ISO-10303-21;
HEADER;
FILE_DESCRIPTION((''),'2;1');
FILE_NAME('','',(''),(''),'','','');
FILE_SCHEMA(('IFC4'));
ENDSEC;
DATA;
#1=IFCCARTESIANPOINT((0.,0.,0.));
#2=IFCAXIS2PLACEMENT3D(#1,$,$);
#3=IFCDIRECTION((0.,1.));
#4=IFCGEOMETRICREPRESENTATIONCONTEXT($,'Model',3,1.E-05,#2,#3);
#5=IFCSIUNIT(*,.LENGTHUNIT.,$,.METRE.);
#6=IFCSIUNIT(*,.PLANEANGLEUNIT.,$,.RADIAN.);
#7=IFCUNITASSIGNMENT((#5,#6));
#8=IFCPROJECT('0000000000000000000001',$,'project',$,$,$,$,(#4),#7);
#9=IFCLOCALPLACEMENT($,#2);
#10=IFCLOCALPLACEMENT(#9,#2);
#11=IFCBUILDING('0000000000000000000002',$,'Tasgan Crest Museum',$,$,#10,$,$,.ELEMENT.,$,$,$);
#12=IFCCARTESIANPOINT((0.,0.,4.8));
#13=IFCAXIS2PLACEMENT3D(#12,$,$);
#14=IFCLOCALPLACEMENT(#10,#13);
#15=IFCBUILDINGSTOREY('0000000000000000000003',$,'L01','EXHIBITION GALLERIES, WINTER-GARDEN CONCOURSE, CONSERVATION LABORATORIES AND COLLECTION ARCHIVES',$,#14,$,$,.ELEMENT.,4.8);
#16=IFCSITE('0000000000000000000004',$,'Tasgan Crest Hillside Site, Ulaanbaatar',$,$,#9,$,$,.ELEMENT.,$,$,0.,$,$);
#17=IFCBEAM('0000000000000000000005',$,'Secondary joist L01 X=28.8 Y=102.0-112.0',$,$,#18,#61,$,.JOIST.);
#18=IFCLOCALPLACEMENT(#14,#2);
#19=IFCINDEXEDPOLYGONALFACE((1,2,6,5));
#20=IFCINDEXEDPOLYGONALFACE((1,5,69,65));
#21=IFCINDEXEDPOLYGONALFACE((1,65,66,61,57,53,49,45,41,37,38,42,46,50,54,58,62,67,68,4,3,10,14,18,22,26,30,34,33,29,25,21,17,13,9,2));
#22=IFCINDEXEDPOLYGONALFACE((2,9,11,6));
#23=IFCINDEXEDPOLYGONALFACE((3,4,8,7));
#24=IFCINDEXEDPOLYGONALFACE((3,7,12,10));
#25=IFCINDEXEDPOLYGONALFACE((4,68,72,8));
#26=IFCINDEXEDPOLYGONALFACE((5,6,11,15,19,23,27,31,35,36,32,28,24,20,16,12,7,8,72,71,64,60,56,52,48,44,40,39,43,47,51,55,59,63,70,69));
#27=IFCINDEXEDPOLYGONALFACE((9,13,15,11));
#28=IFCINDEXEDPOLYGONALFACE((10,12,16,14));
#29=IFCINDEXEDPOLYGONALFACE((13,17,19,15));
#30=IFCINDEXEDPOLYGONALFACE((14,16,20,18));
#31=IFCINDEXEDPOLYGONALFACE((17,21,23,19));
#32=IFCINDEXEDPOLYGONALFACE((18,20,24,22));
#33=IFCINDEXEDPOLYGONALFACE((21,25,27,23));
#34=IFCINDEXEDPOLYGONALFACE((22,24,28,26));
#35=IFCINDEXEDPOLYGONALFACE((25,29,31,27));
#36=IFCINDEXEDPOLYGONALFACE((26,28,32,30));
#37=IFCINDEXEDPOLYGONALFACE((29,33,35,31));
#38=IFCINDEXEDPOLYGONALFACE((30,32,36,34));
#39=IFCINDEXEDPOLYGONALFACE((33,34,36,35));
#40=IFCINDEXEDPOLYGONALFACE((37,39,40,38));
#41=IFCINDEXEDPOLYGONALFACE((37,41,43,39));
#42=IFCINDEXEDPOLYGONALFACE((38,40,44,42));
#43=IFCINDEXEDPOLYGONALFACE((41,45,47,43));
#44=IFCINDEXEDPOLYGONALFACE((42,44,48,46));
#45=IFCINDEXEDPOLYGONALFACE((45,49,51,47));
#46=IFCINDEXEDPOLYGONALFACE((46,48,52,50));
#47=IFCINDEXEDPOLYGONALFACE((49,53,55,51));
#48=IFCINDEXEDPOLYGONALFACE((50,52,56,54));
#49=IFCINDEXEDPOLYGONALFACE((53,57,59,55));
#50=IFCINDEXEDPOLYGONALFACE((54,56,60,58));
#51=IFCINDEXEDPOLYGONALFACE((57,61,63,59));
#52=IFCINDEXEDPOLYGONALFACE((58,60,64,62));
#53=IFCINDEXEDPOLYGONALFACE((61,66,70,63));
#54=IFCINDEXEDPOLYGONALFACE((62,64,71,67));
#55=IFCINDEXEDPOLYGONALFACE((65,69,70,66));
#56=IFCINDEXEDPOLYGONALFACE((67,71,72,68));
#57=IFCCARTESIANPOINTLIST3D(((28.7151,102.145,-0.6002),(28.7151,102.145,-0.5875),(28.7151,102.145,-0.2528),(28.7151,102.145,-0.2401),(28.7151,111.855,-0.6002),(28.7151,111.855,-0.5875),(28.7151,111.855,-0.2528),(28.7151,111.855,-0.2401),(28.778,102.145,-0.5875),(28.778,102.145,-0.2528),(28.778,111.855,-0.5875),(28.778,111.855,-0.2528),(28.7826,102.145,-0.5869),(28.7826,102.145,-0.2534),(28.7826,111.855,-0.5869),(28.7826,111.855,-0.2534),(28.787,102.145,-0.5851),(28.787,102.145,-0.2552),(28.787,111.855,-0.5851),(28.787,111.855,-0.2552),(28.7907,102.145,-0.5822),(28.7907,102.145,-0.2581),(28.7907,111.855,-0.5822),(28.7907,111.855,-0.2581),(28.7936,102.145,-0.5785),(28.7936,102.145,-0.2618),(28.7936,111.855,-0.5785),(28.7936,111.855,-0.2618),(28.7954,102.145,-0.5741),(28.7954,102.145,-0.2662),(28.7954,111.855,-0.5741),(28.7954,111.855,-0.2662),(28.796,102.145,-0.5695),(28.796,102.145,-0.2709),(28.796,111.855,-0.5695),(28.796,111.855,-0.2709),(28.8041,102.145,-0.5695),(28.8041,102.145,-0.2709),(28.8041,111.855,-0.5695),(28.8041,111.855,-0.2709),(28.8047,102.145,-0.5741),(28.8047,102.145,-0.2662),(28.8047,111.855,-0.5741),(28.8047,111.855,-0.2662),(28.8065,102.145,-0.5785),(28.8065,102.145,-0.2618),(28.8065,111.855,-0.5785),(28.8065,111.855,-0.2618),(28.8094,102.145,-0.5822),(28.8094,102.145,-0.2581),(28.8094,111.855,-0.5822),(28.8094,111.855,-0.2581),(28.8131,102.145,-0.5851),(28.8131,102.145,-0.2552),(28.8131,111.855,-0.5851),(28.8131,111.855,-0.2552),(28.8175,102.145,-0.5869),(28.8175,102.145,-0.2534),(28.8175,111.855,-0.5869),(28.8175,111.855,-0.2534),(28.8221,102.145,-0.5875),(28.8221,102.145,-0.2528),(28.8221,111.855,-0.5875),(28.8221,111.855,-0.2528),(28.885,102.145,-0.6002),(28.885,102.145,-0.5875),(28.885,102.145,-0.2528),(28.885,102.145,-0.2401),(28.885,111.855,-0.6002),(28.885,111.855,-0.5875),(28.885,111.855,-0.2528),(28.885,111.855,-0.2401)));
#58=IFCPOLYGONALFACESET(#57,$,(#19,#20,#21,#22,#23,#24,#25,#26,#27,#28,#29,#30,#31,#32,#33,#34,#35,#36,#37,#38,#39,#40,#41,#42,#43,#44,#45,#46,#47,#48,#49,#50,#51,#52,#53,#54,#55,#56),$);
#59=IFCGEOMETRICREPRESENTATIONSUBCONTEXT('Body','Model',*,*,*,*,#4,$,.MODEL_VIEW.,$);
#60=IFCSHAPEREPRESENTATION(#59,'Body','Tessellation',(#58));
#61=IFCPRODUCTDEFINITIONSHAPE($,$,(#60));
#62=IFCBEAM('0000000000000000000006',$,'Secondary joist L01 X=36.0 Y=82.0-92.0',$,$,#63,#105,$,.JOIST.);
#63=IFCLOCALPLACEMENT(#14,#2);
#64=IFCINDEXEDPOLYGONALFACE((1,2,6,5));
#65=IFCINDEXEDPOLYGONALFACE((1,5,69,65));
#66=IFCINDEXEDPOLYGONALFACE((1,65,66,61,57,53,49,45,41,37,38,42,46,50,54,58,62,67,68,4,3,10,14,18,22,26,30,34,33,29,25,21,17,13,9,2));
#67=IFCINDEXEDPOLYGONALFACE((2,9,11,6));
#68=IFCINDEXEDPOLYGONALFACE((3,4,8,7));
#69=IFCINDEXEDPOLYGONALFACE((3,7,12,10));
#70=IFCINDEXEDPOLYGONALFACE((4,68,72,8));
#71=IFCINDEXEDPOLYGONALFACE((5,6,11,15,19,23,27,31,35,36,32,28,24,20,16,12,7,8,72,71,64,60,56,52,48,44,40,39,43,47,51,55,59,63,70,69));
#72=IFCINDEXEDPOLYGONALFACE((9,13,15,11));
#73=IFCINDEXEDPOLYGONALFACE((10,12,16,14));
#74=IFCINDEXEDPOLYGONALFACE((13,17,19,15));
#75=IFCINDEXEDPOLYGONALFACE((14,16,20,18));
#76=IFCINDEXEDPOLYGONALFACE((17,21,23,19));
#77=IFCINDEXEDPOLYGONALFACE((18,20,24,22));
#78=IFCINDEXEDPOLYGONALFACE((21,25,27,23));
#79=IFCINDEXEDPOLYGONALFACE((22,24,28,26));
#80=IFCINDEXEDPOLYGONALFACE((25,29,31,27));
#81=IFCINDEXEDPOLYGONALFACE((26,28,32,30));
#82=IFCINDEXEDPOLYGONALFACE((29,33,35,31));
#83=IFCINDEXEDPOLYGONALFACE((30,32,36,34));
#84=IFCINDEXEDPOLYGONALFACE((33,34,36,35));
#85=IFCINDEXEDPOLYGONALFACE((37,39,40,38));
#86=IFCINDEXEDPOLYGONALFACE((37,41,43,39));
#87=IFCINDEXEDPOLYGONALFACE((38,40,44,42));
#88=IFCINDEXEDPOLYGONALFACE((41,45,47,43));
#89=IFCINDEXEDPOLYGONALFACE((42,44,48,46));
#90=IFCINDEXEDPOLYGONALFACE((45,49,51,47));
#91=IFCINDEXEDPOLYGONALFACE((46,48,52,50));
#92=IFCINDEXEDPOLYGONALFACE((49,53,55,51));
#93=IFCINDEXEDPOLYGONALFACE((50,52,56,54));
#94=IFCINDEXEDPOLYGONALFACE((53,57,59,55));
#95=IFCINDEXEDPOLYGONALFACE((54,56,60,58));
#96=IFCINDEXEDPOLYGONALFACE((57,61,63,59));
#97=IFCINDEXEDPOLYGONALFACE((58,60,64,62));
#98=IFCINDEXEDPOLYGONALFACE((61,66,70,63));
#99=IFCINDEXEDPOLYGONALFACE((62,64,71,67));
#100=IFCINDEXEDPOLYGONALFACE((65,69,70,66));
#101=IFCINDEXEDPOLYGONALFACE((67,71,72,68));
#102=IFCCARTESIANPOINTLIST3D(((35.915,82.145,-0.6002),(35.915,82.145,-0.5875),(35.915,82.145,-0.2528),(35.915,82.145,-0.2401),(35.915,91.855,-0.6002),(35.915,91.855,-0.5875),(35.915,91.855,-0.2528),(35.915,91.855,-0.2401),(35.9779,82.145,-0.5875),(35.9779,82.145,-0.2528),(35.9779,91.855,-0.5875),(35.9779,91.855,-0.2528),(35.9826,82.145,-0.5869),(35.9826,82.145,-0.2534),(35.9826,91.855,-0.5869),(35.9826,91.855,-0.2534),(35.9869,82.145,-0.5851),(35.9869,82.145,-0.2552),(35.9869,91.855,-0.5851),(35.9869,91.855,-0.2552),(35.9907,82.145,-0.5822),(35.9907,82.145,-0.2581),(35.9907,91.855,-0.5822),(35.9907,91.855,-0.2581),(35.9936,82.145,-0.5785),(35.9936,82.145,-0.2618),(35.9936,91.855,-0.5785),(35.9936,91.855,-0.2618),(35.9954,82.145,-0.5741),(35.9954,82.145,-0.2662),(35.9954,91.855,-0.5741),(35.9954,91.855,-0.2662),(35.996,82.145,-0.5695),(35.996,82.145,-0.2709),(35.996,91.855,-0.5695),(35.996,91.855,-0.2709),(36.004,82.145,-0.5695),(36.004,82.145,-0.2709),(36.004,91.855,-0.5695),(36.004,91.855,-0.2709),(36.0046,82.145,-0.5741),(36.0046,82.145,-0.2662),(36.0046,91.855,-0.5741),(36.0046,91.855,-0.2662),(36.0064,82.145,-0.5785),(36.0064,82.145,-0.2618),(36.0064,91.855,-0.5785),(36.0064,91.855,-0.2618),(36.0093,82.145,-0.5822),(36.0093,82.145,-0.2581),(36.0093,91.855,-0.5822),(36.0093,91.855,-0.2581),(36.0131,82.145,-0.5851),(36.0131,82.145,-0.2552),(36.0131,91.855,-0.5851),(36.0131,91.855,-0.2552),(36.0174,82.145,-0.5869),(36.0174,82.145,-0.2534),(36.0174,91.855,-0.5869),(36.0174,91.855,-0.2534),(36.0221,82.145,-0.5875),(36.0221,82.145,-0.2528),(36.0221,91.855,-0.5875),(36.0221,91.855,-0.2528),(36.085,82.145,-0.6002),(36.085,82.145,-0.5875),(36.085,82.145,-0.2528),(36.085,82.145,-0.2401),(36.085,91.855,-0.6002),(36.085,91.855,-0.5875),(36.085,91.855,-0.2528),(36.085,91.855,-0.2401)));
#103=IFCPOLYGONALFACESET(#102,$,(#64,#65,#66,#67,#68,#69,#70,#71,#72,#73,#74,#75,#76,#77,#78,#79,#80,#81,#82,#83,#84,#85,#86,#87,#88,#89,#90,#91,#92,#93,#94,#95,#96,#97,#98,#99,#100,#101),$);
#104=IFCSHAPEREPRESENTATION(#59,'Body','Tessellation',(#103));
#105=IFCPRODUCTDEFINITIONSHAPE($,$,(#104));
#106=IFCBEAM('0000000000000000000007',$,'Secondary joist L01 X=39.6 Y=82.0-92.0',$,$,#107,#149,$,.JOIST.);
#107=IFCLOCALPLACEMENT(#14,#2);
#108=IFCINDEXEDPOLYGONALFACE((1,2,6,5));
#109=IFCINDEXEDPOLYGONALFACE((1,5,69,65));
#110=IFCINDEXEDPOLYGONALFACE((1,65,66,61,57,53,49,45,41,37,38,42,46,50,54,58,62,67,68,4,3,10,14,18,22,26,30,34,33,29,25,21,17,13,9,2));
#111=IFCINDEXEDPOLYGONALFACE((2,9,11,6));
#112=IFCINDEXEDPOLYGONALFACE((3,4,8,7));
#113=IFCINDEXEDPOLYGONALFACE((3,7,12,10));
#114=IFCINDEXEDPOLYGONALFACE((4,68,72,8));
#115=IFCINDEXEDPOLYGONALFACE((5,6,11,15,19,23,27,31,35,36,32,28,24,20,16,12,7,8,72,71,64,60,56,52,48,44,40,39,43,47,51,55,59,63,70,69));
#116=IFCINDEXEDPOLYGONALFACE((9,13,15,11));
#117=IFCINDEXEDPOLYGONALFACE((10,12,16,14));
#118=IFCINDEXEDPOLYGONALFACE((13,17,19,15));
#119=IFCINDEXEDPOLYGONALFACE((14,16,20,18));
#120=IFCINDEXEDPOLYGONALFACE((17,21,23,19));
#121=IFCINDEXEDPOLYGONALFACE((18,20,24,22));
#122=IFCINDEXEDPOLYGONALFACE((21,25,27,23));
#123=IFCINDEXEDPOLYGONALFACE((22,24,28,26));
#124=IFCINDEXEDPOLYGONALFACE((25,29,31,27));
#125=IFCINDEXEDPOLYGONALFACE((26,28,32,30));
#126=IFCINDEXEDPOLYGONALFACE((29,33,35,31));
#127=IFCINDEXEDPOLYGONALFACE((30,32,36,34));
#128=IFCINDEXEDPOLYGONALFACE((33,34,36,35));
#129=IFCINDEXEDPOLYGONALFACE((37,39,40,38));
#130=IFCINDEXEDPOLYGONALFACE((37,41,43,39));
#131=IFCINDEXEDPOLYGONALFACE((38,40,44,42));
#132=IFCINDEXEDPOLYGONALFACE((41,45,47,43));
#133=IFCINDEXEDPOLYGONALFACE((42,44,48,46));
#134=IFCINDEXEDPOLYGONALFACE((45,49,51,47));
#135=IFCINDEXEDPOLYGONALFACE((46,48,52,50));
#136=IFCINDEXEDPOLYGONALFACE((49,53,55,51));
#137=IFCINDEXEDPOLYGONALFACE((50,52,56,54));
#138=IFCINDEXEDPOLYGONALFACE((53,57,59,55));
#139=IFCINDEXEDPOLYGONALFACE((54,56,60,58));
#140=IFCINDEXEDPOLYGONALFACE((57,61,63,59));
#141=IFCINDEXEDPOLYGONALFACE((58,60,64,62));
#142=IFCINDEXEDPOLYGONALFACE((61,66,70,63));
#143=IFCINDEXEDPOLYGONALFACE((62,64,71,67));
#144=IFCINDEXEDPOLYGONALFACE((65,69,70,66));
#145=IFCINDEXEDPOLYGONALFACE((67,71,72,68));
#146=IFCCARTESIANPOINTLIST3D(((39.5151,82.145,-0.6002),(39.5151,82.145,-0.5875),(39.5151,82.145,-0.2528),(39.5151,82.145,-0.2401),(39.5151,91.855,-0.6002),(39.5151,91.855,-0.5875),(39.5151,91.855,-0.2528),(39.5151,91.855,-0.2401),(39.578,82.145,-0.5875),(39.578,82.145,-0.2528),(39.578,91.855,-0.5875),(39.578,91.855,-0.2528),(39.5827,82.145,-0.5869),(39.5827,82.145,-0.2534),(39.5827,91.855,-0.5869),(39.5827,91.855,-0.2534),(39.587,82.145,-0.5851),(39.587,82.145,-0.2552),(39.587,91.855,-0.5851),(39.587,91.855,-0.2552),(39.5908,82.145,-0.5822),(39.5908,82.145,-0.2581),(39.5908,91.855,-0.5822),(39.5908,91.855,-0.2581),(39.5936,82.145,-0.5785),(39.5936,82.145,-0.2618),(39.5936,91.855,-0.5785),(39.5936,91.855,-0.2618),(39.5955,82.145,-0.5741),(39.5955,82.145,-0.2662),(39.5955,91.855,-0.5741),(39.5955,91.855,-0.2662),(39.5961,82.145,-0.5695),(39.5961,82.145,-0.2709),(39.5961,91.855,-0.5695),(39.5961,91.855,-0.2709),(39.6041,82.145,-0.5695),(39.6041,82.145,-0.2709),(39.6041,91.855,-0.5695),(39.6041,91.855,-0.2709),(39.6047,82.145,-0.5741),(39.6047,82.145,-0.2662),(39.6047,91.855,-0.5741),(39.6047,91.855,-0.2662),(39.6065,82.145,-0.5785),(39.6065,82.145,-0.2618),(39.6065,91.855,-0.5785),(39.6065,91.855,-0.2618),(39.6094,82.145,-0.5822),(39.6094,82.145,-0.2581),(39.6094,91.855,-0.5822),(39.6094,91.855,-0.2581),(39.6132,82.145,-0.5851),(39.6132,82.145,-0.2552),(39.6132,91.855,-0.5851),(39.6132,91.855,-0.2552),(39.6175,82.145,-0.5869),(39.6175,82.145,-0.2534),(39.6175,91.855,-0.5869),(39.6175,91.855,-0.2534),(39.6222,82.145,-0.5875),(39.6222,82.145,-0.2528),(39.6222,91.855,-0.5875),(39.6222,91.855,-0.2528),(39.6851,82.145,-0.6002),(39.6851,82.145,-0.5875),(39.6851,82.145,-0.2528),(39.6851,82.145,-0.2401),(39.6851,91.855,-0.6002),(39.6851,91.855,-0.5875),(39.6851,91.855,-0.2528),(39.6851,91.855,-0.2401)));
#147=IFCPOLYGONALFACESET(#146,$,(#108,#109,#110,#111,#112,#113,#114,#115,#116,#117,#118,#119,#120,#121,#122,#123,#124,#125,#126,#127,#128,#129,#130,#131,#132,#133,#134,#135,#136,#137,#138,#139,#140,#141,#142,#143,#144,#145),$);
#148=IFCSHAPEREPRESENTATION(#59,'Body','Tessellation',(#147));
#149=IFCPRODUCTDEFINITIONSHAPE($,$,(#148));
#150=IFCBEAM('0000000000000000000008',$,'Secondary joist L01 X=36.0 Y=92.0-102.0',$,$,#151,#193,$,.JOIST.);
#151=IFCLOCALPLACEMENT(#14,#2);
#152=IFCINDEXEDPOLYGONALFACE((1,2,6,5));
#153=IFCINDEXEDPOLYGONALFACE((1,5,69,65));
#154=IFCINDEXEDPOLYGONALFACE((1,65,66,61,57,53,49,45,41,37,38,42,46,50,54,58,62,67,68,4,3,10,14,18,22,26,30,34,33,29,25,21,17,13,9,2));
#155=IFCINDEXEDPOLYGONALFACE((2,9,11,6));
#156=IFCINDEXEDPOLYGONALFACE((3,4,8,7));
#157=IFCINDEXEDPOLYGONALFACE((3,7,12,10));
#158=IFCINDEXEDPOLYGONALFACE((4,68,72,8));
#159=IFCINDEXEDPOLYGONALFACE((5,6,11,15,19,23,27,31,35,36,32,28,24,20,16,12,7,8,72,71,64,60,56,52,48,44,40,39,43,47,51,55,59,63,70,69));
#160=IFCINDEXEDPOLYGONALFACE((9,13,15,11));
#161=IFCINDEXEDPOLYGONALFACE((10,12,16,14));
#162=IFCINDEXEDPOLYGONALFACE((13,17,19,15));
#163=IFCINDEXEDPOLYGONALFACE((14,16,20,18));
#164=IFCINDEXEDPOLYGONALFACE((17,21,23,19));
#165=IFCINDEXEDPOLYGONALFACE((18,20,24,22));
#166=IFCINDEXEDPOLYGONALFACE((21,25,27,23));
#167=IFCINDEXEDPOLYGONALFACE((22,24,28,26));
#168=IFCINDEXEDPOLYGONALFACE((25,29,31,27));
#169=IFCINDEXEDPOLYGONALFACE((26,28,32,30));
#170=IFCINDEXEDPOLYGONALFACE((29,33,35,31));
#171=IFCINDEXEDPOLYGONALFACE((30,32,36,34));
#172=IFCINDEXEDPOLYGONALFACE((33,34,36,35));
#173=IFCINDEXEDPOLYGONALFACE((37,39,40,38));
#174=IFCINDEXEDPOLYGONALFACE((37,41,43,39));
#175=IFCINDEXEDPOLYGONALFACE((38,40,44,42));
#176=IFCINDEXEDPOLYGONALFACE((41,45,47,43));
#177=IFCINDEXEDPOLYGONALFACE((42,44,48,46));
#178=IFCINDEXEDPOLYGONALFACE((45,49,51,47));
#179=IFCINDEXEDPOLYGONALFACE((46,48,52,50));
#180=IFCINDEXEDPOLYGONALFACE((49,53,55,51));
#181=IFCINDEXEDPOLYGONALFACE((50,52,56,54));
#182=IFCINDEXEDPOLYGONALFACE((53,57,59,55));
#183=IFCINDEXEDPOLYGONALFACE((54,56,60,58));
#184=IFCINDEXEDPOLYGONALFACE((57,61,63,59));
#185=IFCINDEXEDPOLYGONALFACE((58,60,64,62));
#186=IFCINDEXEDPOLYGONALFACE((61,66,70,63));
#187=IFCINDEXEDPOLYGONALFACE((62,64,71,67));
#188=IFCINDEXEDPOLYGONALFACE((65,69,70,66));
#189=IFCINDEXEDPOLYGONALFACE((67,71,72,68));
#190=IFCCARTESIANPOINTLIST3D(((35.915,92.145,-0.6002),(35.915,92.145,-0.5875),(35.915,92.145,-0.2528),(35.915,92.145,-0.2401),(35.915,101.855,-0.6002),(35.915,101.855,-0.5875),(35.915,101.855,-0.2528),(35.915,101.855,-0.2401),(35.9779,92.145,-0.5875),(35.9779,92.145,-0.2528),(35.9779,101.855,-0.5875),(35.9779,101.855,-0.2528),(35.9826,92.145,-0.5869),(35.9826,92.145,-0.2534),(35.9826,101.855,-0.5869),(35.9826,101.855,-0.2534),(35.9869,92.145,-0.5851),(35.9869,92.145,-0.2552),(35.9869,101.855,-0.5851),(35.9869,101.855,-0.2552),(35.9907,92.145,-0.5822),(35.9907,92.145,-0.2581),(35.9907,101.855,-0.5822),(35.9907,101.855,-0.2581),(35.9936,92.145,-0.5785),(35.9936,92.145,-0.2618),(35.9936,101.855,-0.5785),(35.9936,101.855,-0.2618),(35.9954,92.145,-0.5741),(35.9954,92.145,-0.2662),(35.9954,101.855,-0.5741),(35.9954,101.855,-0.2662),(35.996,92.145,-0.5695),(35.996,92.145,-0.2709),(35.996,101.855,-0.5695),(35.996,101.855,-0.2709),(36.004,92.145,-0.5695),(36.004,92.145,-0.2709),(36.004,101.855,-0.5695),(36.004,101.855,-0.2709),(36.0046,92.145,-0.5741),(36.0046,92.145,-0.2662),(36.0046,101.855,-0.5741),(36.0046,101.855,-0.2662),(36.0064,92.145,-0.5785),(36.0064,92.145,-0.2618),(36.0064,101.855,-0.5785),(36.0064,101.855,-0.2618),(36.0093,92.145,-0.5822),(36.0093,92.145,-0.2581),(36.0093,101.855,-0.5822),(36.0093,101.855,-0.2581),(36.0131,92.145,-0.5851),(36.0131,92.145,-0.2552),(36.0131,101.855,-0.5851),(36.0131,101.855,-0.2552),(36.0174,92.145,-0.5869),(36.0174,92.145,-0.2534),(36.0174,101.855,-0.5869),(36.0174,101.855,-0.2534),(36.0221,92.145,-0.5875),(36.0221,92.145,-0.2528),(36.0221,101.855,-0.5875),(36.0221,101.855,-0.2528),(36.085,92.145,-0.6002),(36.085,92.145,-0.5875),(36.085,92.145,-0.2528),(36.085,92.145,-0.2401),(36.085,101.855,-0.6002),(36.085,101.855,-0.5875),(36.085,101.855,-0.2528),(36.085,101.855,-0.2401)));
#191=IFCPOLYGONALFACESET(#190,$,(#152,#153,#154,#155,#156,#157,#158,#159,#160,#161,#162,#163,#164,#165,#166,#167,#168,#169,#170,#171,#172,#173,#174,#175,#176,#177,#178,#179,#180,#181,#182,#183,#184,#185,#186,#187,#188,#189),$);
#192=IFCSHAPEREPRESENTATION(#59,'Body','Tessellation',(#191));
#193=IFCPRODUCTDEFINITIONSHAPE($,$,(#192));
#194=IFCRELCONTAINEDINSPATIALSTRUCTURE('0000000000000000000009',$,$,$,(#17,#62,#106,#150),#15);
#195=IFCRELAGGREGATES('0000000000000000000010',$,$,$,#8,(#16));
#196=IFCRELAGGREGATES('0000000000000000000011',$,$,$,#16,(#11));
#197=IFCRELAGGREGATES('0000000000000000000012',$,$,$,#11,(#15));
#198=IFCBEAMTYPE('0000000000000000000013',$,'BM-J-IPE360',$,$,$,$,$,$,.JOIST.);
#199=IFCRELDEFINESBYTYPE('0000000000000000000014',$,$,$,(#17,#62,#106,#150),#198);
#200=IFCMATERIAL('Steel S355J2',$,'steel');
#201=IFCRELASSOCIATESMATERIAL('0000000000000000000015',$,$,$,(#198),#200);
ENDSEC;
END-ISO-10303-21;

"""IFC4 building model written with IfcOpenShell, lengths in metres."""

from ifc_helpers import new_model, si_unit, direction, frame, origin, origin_2d, place, context, subcontext, project, spatial, i_section, extrude, material, material_profile, profile_set, type_object, element, save


model = new_model("IFC4")

# Units and contexts
model_context = context("Model", 3, precision=1e-05, world=origin(), true_north=direction((0.0, 1.0)))
body_context = subcontext(model_context, "Body", "Model", "MODEL_VIEW")
ifc_project = project(units=[si_unit("LENGTHUNIT", "METRE"), si_unit("PLANEANGLEUNIT", "RADIAN")], contexts=[model_context])

# Site, building, storey
site_placement = place(None, origin())
site = spatial("IfcSite", under=ifc_project, at=site_placement, Name="Tasgan Crest Hillside Site, Ulaanbaatar", CompositionType="ELEMENT", RefElevation=0.0)
building_placement = place(site_placement, origin())
building = spatial("IfcBuilding", under=site, at=building_placement, Name="Tasgan Crest Museum", CompositionType="ELEMENT")
storey_placement = place(building_placement, frame((0.0, 0.0, 4.8)))
storey = spatial("IfcBuildingStorey", under=building, at=storey_placement, Name="L01", Description="EXHIBITION GALLERIES, WINTER-GARDEN CONCOURSE, CONSERVATION LABORATORIES AND COLLECTION ARCHIVES", CompositionType="ELEMENT", Elevation=4.8)

# Beams
ifc_material_1 = material(Name="Steel S355J2", Category="steel")
ifc_material_profile_1 = material_profile(ifc_material_1, i_section(OverallWidth=0.1699, OverallDepth=0.3601, WebThickness=0.0081, FlangeThickness=0.0127, FilletRadius=0.0181, at=origin_2d()), Name="IPE 360")
ifc_profile_set_1 = profile_set([ifc_material_profile_1], Name="Steel S355J2")
beam_type_1 = type_object("IfcBeamType", Name="BM-J-IPE360", PredefinedType="JOIST", material=ifc_profile_set_1)
for number, where, z_axis, x_axis, name in (
    (1, (28.8, 102.145, -0.4202), (0.0, 1.0, 0.0), (-1.0, 0.0, 0.0), "Secondary joist L01 X=28.8 Y=102.0-112.0"),
    (2, (36.0, 82.145, -0.4202), (0.0, 1.0, 0.0), (-1.0, 0.0, 0.0), "Secondary joist L01 X=36.0 Y=82.0-92.0"),
    (3, (39.6001, 82.145, -0.4202), (0.0, 1.0, 0.0), (-1.0, 0.0, 0.0), "Secondary joist L01 X=39.6 Y=82.0-92.0"),
    (4, (36.0, 92.145, -0.4202), (0.0, 1.0, 0.0), (-1.0, 0.0, 0.0), "Secondary joist L01 X=36.0 Y=92.0-102.0"),
):
    element("IfcBeam", number, at=place(storey_placement, frame(where, z_axis=z_axis, x_axis=x_axis)), inside=storey, type_object=beam_type_1, Name=name, PredefinedType="JOIST", context=body_context, shape_type="SweptSolid", body=[
        extrude(i_section(OverallWidth=0.1699, OverallDepth=0.3601, WebThickness=0.0081, FlangeThickness=0.0127, FilletRadius=0.0181, at=origin_2d()), origin(), (0.0, 0.0, 1.0), 9.71),
    ])

save(model, "model.ifc")
